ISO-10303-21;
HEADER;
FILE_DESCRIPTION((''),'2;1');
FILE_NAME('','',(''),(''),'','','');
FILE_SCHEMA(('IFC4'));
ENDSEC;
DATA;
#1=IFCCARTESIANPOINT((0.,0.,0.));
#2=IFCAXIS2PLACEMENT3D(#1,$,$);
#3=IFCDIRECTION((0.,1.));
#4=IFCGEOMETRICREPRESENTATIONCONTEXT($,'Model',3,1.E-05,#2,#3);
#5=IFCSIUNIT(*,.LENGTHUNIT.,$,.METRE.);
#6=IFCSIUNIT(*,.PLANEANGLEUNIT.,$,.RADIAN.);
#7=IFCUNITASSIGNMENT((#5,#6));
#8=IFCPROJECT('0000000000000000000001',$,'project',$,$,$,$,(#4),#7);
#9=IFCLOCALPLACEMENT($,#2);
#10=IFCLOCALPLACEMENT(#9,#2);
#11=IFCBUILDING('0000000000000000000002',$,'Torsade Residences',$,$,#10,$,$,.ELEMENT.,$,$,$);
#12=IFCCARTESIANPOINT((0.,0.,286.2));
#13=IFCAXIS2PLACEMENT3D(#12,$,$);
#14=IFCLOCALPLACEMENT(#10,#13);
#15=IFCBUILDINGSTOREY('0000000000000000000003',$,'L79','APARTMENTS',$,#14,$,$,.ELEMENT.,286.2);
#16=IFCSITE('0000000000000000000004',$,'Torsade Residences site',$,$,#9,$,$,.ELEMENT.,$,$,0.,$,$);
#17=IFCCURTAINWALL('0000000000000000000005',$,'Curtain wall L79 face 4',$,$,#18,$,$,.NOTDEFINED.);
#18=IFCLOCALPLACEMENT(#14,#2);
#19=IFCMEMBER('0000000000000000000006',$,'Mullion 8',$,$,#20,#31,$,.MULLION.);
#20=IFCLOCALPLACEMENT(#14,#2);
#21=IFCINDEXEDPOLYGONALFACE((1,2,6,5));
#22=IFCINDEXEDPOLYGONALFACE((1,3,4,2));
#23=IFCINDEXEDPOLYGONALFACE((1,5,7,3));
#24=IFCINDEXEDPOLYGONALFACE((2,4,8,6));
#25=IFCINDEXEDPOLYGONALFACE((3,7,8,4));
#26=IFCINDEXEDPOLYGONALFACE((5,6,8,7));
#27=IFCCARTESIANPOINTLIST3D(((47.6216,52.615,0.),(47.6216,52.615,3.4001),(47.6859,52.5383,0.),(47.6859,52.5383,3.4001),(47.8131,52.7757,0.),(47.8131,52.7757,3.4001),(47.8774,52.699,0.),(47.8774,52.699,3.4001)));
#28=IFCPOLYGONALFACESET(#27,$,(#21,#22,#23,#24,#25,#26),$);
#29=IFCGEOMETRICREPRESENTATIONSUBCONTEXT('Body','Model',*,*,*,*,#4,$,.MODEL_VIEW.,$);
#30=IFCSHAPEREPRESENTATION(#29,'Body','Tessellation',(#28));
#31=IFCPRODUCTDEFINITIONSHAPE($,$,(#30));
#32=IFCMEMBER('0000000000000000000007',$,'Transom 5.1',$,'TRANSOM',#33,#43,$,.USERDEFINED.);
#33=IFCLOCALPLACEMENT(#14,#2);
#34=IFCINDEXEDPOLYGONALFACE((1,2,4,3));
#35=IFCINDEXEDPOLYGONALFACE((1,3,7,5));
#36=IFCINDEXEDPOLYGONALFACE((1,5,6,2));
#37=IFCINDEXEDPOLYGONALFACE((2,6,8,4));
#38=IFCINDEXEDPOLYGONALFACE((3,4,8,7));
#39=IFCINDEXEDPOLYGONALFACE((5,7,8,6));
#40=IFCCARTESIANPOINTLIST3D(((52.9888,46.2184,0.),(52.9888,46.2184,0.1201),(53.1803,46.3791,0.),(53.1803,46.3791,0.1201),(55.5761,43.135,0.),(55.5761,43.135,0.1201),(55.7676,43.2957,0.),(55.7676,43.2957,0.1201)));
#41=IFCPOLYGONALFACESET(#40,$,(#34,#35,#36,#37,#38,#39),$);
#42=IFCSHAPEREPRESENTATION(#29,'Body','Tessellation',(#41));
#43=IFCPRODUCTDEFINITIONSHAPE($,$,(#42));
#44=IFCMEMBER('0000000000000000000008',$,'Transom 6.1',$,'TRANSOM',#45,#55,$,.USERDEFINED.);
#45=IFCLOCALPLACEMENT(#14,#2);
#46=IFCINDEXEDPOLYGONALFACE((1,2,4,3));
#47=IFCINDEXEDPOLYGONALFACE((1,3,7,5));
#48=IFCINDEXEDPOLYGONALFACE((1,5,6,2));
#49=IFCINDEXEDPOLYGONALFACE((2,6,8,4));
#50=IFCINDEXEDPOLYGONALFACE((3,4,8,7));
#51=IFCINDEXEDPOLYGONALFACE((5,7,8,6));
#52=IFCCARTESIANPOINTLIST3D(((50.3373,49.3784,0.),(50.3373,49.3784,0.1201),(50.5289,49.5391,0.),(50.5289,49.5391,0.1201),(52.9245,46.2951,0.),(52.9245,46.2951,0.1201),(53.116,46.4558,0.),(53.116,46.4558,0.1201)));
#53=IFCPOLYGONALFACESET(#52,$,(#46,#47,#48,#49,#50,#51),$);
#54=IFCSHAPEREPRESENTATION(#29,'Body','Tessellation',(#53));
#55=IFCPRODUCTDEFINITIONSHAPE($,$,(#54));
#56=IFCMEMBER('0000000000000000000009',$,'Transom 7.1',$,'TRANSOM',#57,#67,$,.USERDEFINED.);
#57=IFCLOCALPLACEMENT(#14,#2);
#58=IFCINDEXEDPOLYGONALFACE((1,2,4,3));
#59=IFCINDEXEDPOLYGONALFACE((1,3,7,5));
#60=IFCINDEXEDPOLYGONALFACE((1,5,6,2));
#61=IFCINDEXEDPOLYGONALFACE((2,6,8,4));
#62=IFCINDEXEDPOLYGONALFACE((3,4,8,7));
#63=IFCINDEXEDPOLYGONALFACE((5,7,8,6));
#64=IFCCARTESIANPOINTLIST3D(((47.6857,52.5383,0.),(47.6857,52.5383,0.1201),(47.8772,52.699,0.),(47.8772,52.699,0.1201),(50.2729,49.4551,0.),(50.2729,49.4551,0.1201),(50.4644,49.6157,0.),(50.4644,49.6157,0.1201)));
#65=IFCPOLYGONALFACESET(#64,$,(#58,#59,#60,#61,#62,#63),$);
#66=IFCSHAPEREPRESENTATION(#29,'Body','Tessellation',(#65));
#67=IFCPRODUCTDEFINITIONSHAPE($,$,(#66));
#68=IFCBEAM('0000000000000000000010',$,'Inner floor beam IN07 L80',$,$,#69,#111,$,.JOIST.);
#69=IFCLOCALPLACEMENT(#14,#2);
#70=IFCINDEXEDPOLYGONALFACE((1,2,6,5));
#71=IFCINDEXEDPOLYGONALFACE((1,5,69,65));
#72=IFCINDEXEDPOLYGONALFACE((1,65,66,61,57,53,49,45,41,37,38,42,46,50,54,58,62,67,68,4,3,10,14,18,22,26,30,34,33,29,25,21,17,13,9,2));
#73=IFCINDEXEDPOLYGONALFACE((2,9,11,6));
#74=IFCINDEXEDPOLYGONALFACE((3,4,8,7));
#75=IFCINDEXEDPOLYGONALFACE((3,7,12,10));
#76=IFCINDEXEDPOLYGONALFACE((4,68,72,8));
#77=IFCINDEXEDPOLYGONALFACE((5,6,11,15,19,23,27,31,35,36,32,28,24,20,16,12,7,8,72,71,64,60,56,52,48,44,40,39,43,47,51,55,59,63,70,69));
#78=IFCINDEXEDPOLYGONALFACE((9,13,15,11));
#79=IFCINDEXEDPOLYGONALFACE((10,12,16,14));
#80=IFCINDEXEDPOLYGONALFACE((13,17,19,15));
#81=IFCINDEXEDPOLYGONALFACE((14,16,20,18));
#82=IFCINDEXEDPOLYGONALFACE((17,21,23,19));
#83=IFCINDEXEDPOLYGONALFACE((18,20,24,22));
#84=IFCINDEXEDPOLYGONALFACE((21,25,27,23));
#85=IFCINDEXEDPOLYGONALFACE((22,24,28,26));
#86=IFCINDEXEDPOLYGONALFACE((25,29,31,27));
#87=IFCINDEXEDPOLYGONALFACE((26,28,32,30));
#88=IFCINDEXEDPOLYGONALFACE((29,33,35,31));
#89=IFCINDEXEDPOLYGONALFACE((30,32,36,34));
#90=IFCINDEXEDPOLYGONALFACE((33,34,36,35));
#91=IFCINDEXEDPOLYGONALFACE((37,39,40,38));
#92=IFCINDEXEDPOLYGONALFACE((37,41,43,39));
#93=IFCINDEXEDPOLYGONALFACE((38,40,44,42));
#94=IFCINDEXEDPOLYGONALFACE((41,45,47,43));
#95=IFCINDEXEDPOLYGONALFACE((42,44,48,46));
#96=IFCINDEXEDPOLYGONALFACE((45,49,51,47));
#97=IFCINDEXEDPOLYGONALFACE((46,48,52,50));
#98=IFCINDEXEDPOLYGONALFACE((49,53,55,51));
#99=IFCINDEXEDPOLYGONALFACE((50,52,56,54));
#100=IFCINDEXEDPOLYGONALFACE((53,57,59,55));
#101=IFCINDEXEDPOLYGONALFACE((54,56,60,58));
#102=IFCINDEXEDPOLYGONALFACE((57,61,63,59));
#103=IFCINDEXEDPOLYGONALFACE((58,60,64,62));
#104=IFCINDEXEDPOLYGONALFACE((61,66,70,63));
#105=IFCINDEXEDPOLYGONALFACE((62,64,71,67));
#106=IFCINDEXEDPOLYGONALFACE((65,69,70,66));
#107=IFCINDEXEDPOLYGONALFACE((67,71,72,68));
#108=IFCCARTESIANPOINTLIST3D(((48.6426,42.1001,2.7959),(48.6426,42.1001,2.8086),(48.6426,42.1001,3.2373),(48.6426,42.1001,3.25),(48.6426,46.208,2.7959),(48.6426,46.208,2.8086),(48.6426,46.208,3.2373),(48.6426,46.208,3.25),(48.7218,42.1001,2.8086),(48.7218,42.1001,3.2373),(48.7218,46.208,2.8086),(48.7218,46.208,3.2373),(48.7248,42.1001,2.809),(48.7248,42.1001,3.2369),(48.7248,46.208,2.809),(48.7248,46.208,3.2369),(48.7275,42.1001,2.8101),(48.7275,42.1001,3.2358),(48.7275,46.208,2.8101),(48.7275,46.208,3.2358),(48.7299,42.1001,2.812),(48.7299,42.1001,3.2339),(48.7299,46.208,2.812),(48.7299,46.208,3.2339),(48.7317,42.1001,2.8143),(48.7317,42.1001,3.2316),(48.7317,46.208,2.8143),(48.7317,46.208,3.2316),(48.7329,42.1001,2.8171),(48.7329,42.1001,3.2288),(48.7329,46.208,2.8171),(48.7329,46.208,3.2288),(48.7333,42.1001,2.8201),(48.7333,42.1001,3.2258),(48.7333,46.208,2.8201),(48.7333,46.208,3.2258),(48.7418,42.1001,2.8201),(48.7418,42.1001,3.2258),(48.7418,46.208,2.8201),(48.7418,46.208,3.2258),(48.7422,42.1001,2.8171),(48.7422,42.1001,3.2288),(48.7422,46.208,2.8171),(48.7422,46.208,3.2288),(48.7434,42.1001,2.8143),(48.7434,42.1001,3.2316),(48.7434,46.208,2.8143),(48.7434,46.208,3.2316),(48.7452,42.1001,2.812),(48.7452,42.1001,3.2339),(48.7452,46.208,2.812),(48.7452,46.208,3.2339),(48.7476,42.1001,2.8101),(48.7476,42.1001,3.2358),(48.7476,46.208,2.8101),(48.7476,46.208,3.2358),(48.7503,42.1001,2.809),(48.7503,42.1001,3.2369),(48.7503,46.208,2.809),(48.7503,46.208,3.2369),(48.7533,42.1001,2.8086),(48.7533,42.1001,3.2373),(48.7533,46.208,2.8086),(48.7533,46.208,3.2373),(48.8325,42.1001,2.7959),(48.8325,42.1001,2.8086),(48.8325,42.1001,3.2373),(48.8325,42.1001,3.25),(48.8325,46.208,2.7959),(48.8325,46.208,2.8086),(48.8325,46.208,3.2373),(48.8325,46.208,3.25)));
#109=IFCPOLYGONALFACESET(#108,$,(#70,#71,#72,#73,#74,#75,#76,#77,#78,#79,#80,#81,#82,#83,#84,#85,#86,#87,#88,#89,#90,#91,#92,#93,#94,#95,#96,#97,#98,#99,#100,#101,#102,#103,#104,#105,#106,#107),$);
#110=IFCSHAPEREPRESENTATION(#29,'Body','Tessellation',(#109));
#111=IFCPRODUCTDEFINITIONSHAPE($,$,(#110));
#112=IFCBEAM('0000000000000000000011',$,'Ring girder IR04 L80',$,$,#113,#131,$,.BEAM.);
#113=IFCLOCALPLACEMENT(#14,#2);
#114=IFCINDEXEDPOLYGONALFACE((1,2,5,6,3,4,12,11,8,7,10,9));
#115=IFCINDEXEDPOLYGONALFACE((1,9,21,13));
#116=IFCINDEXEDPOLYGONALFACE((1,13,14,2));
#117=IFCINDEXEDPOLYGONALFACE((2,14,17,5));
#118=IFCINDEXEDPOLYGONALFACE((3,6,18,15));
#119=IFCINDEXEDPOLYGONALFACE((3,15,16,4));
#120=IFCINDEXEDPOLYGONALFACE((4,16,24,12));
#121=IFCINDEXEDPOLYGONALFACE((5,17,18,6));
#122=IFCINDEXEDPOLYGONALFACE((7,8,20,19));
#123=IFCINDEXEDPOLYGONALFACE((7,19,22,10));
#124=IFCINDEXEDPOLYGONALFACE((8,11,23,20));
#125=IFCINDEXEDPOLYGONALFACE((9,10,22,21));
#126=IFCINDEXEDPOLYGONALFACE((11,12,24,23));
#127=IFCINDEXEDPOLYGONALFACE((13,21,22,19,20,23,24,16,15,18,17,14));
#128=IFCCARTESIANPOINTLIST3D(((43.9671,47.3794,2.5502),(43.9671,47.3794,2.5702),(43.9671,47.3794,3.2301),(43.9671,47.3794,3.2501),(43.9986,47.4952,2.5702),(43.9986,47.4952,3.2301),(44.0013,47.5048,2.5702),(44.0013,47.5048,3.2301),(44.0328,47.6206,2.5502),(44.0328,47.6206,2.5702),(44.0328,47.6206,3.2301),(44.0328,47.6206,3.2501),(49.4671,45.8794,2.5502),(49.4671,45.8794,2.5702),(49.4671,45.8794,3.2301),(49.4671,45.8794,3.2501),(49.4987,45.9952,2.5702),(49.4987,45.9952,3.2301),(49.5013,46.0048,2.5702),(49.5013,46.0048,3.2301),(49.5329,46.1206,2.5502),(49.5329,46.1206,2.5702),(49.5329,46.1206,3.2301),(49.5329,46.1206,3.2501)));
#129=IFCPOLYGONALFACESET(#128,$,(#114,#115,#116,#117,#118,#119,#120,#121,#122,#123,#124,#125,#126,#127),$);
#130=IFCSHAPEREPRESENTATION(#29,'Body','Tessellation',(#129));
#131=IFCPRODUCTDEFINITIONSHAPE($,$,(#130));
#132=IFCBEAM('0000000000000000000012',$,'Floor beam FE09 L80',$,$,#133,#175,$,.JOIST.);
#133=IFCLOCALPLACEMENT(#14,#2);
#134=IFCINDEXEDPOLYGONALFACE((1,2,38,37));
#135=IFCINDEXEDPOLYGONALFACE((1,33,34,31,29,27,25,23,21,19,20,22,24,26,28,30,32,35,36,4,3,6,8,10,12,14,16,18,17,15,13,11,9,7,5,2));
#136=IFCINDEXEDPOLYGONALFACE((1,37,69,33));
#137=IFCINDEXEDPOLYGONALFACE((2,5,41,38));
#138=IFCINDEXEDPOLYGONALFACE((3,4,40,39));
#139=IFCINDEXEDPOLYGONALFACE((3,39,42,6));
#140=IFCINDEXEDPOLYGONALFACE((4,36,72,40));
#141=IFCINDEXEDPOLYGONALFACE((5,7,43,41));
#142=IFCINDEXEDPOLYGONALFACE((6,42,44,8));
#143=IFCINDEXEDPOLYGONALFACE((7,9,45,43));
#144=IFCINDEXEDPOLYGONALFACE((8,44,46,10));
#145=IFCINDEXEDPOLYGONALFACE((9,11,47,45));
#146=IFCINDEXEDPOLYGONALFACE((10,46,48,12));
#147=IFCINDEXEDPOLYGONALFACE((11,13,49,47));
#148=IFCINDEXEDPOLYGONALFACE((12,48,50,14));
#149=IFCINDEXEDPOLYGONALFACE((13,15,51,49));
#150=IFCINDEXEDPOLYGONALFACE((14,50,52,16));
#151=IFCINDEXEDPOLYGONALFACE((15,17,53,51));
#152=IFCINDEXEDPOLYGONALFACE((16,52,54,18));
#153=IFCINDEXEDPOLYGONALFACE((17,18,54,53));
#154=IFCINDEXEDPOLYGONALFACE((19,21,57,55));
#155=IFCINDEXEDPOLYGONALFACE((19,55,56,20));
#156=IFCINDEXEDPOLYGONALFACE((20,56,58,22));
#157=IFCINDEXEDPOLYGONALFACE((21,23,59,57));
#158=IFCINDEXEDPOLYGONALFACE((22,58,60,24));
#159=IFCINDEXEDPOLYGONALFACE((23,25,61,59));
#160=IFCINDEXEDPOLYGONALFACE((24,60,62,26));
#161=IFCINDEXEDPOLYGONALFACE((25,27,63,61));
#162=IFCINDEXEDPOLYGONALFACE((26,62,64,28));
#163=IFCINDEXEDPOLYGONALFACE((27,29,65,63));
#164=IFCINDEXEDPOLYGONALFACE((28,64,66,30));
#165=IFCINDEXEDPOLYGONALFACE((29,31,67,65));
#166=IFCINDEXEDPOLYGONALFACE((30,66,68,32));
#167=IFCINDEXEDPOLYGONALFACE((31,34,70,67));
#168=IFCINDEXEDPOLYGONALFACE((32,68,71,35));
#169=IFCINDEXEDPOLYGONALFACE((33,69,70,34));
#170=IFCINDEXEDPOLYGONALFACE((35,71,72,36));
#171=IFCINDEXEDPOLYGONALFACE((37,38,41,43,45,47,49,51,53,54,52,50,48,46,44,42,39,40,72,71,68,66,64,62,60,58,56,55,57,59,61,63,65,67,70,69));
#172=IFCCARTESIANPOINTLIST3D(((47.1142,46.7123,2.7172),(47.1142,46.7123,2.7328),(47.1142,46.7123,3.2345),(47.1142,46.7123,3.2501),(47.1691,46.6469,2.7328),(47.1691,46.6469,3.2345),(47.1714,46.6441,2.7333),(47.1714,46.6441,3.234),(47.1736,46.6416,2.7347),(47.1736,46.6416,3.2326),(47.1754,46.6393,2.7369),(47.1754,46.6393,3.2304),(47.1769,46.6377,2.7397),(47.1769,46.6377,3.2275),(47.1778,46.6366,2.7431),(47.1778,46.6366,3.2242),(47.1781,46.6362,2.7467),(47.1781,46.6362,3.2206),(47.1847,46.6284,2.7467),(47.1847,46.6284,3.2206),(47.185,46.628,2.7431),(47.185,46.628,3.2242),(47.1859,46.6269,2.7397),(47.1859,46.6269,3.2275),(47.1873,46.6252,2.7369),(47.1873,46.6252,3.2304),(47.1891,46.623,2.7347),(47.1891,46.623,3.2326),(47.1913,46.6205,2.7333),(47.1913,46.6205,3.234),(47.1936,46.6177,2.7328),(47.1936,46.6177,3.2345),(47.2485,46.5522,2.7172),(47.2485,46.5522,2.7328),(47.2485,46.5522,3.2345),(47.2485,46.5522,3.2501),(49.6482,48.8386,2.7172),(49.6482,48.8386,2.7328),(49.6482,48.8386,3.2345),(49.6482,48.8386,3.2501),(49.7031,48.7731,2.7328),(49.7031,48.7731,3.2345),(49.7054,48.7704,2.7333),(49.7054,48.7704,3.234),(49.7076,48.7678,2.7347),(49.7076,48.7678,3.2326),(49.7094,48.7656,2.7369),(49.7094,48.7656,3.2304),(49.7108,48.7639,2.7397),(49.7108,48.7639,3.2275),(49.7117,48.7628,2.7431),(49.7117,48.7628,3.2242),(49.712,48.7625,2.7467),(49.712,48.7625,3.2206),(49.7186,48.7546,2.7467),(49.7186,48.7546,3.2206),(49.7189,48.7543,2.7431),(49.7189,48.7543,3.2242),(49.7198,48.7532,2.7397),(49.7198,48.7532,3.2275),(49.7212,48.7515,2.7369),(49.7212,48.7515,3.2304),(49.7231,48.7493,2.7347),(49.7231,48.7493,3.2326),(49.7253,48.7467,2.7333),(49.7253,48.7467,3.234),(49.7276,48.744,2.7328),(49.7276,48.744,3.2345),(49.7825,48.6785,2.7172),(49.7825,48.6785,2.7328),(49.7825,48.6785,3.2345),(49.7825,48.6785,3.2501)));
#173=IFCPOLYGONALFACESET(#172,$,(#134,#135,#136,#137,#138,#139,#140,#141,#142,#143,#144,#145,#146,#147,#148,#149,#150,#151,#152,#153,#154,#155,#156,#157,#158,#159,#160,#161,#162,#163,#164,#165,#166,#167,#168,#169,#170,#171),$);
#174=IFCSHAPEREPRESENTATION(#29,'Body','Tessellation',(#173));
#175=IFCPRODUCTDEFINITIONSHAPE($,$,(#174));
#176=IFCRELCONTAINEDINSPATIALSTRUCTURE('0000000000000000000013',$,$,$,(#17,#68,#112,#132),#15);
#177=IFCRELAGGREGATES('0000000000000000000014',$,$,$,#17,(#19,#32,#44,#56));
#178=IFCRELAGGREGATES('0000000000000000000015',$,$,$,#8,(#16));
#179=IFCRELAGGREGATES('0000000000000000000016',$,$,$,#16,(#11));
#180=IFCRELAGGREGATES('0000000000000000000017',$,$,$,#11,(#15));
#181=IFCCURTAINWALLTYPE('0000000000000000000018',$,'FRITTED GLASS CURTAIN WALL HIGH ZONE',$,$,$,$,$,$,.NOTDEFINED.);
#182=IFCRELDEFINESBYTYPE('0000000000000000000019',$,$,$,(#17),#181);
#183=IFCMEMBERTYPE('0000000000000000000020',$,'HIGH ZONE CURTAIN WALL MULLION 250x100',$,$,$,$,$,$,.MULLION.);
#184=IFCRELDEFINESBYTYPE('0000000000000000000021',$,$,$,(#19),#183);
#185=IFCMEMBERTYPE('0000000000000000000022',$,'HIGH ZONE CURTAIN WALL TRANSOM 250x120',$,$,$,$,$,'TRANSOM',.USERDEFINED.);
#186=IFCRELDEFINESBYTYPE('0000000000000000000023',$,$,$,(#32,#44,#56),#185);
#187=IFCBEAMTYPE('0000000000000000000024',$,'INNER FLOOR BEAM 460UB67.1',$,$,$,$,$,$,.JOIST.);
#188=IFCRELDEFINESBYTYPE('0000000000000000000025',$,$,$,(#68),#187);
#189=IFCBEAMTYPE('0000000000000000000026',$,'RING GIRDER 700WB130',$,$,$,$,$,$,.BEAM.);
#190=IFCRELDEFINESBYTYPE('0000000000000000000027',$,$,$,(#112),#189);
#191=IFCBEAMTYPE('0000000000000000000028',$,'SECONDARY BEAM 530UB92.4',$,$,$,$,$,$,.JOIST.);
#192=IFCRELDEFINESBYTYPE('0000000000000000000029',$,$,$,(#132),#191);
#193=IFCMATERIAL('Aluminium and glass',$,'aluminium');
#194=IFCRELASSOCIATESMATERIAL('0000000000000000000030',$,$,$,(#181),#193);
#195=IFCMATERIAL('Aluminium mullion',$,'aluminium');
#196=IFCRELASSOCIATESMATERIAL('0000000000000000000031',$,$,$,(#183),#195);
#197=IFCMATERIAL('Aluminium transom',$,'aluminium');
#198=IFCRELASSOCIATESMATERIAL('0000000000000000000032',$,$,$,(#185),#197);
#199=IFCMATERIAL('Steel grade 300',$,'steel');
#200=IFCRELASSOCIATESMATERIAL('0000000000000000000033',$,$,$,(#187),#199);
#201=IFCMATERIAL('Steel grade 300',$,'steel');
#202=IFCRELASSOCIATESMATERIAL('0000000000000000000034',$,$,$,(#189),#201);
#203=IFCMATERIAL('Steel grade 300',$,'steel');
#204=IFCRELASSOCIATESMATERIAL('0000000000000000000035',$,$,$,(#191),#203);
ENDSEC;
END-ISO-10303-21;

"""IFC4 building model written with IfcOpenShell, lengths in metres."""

from ifc_helpers import new_model, si_unit, direction, frame, origin, origin_2d, place, context, subcontext, project, spatial, rectangle, i_section, extrude, material, material_profile, profile_set, type_object, element, aggregate, save


model = new_model("IFC4")

# Units and contexts
model_context = context("Model", 3, precision=1e-05, world=origin(), true_north=direction((0.0, 1.0)))
body_context = subcontext(model_context, "Body", "Model", "MODEL_VIEW")
ifc_project = project(units=[si_unit("LENGTHUNIT", "METRE"), si_unit("PLANEANGLEUNIT", "RADIAN")], contexts=[model_context])

# Site, building, storey
site_placement = place(None, origin())
site = spatial("IfcSite", under=ifc_project, at=site_placement, Name="Torsade Residences site", CompositionType="ELEMENT", RefElevation=0.0)
building_placement = place(site_placement, origin())
building = spatial("IfcBuilding", under=site, at=building_placement, Name="Torsade Residences", CompositionType="ELEMENT")
storey_placement = place(building_placement, frame((0.0, 0.0, 286.2)))
storey = spatial("IfcBuildingStorey", under=building, at=storey_placement, Name="L79", Description="APARTMENTS", CompositionType="ELEMENT", Elevation=286.2)

# Curtain wall, members
ifc_material_1 = material(Name="Aluminium and glass", Category="aluminium")
curtain_wall_type = type_object("IfcCurtainWallType", Name="FRITTED GLASS CURTAIN WALL HIGH ZONE", PredefinedType="NOTDEFINED", material=ifc_material_1)
curtain_wall_placement = place(storey_placement, origin())
curtain_wall = element("IfcCurtainWall", 1, at=curtain_wall_placement, inside=storey, type_object=curtain_wall_type, Name="Curtain wall L79 face 4", PredefinedType="NOTDEFINED")
ifc_material_2 = material(Name="Aluminium mullion", Category="aluminium")
ifc_material_profile_1 = material_profile(ifc_material_2, rectangle(XDim=0.25, YDim=0.1001, at=origin_2d()), Name="HIGH ZONE CURTAIN WALL MULLION 250x100")
ifc_profile_set_1 = profile_set([ifc_material_profile_1], Name="Aluminium mullion")
member_type_1 = type_object("IfcMemberType", Name="HIGH ZONE CURTAIN WALL MULLION 250x100", PredefinedType="MULLION", material=ifc_profile_set_1)
member_1_placement = place(storey_placement, frame((47.7495, 52.657, 0.0), z_axis=(0.0, 0.0, 1.0), x_axis=(-0.766044, -0.642788, 0.0)))
member_1 = element("IfcMember", 2, at=member_1_placement, type_object=member_type_1, Name="Mullion 8", PredefinedType="MULLION", context=body_context, shape_type="SweptSolid", body=[
    extrude(rectangle(XDim=0.25, YDim=0.1001, at=origin_2d()), origin(), (0.0, 0.0, 1.0), 3.4001),
])
ifc_material_3 = material(Name="Aluminium transom", Category="aluminium")
ifc_material_profile_2 = material_profile(ifc_material_3, rectangle(XDim=0.25, YDim=0.1201, at=origin_2d()), Name="HIGH ZONE CURTAIN WALL TRANSOM 250x120")
ifc_profile_set_2 = profile_set([ifc_material_profile_2], Name="Aluminium transom")
member_type_2 = type_object("IfcMemberType", Name="HIGH ZONE CURTAIN WALL TRANSOM 250x120", ElementType="TRANSOM", PredefinedType="USERDEFINED", material=ifc_profile_set_2)
member_2_placement = place(storey_placement, frame((55.6719, 43.2153, 0.0601), z_axis=(-0.642794, 0.766039, 0.0), x_axis=(-0.766039, -0.642794, 0.0)))
member_2 = element("IfcMember", 3, at=member_2_placement, type_object=member_type_2, Name="Transom 5.1", ObjectType="TRANSOM", PredefinedType="USERDEFINED", context=body_context, shape_type="SweptSolid", body=[
    extrude(rectangle(XDim=0.25, YDim=0.1201, at=origin_2d()), origin(), (0.0, 0.0, 1.0), 4.0251),
])
member_3_placement = place(storey_placement, frame((53.0203, 46.3755, 0.0601), z_axis=(-0.642788, 0.766044, 0.0), x_axis=(-0.766044, -0.642788, 0.0)))
member_3 = element("IfcMember", 4, at=member_3_placement, type_object=member_type_2, Name="Transom 6.1", ObjectType="TRANSOM", PredefinedType="USERDEFINED", context=body_context, shape_type="SweptSolid", body=[
    extrude(rectangle(XDim=0.25, YDim=0.1201, at=origin_2d()), origin(), (0.0, 0.0, 1.0), 4.0249),
])
member_4_placement = place(storey_placement, frame((50.3687, 49.5354, 0.0601), z_axis=(-0.642788, 0.766044, 0.0), x_axis=(-0.766044, -0.642788, 0.0)))
member_4 = element("IfcMember", 5, at=member_4_placement, type_object=member_type_2, Name="Transom 7.1", ObjectType="TRANSOM", PredefinedType="USERDEFINED", context=body_context, shape_type="SweptSolid", body=[
    extrude(rectangle(XDim=0.25, YDim=0.1201, at=origin_2d()), origin(), (0.0, 0.0, 1.0), 4.0249),
])

# Beams
ifc_material_4 = material(Name="Steel grade 300", Category="steel")
ifc_material_profile_3 = material_profile(ifc_material_4, i_section(OverallWidth=0.1899, OverallDepth=0.4541, WebThickness=0.0085, FlangeThickness=0.0127, FilletRadius=0.0115, at=origin_2d()), Name="460UB67.1")
ifc_profile_set_3 = profile_set([ifc_material_profile_3], Name="Steel grade 300")
beam_type_1 = type_object("IfcBeamType", Name="INNER FLOOR BEAM 460UB67.1", PredefinedType="JOIST", material=ifc_profile_set_3)
beam_1_placement = place(storey_placement, frame((48.7375, 42.1001, 3.0229), z_axis=(0.0, 1.0, 0.0), x_axis=(-1.0, 0.0, 0.0)))
element("IfcBeam", 6, at=beam_1_placement, inside=storey, type_object=beam_type_1, Name="Inner floor beam IN07 L80", PredefinedType="JOIST", context=body_context, shape_type="SweptSolid", body=[
    extrude(i_section(OverallWidth=0.1899, OverallDepth=0.4541, WebThickness=0.0085, FlangeThickness=0.0127, FilletRadius=0.0115, at=origin_2d()), origin(), (0.0, 0.0, 1.0), 4.1079),
])
ifc_material_5 = material(Name="Steel grade 300", Category="steel")
ifc_material_profile_4 = material_profile(ifc_material_5, i_section(OverallWidth=0.25, OverallDepth=0.7, WebThickness=0.01, FlangeThickness=0.02, at=origin_2d()), Name="700WB130")
ifc_profile_set_4 = profile_set([ifc_material_profile_4], Name="Steel grade 300")
beam_type_2 = type_object("IfcBeamType", Name="RING GIRDER 700WB130", PredefinedType="BEAM", material=ifc_profile_set_4)
beam_2_placement = place(storey_placement, frame((49.5, 46.0, 2.9001), z_axis=(-0.964764, 0.263117, 0.0), x_axis=(-0.263117, -0.964764, 0.0)))
element("IfcBeam", 7, at=beam_2_placement, inside=storey, type_object=beam_type_2, Name="Ring girder IR04 L80", PredefinedType="BEAM", context=body_context, shape_type="SweptSolid", body=[
    extrude(i_section(OverallWidth=0.25, OverallDepth=0.7, WebThickness=0.01, FlangeThickness=0.02, at=origin_2d()), origin(), (0.0, 0.0, 1.0), 5.7009),
])
ifc_material_6 = material(Name="Steel grade 300", Category="steel")
ifc_material_profile_5 = material_profile(ifc_material_6, i_section(OverallWidth=0.209, OverallDepth=0.533, WebThickness=0.0103, FlangeThickness=0.0156, FilletRadius=0.0139, at=origin_2d()), Name="530UB92.4")
ifc_profile_set_5 = profile_set([ifc_material_profile_5], Name="Steel grade 300")
beam_type_3 = type_object("IfcBeamType", Name="SECONDARY BEAM 530UB92.4", PredefinedType="JOIST", material=ifc_profile_set_5)
beam_3_placement = place(storey_placement, frame((49.7153, 48.7585, 2.9836), z_axis=(-0.766045, -0.642787, 0.0), x_axis=(0.642787, -0.766045, 0.0)))
element("IfcBeam", 8, at=beam_3_placement, inside=storey, type_object=beam_type_3, Name="Floor beam FE09 L80", PredefinedType="JOIST", context=body_context, shape_type="SweptSolid", body=[
    extrude(i_section(OverallWidth=0.209, OverallDepth=0.533, WebThickness=0.0103, FlangeThickness=0.0156, FilletRadius=0.0139, at=origin_2d()), origin(), (0.0, 0.0, 1.0), 3.3079),
])

aggregate(curtain_wall, [member_1, member_2, member_3, member_4])

save(model, "model.ifc")
